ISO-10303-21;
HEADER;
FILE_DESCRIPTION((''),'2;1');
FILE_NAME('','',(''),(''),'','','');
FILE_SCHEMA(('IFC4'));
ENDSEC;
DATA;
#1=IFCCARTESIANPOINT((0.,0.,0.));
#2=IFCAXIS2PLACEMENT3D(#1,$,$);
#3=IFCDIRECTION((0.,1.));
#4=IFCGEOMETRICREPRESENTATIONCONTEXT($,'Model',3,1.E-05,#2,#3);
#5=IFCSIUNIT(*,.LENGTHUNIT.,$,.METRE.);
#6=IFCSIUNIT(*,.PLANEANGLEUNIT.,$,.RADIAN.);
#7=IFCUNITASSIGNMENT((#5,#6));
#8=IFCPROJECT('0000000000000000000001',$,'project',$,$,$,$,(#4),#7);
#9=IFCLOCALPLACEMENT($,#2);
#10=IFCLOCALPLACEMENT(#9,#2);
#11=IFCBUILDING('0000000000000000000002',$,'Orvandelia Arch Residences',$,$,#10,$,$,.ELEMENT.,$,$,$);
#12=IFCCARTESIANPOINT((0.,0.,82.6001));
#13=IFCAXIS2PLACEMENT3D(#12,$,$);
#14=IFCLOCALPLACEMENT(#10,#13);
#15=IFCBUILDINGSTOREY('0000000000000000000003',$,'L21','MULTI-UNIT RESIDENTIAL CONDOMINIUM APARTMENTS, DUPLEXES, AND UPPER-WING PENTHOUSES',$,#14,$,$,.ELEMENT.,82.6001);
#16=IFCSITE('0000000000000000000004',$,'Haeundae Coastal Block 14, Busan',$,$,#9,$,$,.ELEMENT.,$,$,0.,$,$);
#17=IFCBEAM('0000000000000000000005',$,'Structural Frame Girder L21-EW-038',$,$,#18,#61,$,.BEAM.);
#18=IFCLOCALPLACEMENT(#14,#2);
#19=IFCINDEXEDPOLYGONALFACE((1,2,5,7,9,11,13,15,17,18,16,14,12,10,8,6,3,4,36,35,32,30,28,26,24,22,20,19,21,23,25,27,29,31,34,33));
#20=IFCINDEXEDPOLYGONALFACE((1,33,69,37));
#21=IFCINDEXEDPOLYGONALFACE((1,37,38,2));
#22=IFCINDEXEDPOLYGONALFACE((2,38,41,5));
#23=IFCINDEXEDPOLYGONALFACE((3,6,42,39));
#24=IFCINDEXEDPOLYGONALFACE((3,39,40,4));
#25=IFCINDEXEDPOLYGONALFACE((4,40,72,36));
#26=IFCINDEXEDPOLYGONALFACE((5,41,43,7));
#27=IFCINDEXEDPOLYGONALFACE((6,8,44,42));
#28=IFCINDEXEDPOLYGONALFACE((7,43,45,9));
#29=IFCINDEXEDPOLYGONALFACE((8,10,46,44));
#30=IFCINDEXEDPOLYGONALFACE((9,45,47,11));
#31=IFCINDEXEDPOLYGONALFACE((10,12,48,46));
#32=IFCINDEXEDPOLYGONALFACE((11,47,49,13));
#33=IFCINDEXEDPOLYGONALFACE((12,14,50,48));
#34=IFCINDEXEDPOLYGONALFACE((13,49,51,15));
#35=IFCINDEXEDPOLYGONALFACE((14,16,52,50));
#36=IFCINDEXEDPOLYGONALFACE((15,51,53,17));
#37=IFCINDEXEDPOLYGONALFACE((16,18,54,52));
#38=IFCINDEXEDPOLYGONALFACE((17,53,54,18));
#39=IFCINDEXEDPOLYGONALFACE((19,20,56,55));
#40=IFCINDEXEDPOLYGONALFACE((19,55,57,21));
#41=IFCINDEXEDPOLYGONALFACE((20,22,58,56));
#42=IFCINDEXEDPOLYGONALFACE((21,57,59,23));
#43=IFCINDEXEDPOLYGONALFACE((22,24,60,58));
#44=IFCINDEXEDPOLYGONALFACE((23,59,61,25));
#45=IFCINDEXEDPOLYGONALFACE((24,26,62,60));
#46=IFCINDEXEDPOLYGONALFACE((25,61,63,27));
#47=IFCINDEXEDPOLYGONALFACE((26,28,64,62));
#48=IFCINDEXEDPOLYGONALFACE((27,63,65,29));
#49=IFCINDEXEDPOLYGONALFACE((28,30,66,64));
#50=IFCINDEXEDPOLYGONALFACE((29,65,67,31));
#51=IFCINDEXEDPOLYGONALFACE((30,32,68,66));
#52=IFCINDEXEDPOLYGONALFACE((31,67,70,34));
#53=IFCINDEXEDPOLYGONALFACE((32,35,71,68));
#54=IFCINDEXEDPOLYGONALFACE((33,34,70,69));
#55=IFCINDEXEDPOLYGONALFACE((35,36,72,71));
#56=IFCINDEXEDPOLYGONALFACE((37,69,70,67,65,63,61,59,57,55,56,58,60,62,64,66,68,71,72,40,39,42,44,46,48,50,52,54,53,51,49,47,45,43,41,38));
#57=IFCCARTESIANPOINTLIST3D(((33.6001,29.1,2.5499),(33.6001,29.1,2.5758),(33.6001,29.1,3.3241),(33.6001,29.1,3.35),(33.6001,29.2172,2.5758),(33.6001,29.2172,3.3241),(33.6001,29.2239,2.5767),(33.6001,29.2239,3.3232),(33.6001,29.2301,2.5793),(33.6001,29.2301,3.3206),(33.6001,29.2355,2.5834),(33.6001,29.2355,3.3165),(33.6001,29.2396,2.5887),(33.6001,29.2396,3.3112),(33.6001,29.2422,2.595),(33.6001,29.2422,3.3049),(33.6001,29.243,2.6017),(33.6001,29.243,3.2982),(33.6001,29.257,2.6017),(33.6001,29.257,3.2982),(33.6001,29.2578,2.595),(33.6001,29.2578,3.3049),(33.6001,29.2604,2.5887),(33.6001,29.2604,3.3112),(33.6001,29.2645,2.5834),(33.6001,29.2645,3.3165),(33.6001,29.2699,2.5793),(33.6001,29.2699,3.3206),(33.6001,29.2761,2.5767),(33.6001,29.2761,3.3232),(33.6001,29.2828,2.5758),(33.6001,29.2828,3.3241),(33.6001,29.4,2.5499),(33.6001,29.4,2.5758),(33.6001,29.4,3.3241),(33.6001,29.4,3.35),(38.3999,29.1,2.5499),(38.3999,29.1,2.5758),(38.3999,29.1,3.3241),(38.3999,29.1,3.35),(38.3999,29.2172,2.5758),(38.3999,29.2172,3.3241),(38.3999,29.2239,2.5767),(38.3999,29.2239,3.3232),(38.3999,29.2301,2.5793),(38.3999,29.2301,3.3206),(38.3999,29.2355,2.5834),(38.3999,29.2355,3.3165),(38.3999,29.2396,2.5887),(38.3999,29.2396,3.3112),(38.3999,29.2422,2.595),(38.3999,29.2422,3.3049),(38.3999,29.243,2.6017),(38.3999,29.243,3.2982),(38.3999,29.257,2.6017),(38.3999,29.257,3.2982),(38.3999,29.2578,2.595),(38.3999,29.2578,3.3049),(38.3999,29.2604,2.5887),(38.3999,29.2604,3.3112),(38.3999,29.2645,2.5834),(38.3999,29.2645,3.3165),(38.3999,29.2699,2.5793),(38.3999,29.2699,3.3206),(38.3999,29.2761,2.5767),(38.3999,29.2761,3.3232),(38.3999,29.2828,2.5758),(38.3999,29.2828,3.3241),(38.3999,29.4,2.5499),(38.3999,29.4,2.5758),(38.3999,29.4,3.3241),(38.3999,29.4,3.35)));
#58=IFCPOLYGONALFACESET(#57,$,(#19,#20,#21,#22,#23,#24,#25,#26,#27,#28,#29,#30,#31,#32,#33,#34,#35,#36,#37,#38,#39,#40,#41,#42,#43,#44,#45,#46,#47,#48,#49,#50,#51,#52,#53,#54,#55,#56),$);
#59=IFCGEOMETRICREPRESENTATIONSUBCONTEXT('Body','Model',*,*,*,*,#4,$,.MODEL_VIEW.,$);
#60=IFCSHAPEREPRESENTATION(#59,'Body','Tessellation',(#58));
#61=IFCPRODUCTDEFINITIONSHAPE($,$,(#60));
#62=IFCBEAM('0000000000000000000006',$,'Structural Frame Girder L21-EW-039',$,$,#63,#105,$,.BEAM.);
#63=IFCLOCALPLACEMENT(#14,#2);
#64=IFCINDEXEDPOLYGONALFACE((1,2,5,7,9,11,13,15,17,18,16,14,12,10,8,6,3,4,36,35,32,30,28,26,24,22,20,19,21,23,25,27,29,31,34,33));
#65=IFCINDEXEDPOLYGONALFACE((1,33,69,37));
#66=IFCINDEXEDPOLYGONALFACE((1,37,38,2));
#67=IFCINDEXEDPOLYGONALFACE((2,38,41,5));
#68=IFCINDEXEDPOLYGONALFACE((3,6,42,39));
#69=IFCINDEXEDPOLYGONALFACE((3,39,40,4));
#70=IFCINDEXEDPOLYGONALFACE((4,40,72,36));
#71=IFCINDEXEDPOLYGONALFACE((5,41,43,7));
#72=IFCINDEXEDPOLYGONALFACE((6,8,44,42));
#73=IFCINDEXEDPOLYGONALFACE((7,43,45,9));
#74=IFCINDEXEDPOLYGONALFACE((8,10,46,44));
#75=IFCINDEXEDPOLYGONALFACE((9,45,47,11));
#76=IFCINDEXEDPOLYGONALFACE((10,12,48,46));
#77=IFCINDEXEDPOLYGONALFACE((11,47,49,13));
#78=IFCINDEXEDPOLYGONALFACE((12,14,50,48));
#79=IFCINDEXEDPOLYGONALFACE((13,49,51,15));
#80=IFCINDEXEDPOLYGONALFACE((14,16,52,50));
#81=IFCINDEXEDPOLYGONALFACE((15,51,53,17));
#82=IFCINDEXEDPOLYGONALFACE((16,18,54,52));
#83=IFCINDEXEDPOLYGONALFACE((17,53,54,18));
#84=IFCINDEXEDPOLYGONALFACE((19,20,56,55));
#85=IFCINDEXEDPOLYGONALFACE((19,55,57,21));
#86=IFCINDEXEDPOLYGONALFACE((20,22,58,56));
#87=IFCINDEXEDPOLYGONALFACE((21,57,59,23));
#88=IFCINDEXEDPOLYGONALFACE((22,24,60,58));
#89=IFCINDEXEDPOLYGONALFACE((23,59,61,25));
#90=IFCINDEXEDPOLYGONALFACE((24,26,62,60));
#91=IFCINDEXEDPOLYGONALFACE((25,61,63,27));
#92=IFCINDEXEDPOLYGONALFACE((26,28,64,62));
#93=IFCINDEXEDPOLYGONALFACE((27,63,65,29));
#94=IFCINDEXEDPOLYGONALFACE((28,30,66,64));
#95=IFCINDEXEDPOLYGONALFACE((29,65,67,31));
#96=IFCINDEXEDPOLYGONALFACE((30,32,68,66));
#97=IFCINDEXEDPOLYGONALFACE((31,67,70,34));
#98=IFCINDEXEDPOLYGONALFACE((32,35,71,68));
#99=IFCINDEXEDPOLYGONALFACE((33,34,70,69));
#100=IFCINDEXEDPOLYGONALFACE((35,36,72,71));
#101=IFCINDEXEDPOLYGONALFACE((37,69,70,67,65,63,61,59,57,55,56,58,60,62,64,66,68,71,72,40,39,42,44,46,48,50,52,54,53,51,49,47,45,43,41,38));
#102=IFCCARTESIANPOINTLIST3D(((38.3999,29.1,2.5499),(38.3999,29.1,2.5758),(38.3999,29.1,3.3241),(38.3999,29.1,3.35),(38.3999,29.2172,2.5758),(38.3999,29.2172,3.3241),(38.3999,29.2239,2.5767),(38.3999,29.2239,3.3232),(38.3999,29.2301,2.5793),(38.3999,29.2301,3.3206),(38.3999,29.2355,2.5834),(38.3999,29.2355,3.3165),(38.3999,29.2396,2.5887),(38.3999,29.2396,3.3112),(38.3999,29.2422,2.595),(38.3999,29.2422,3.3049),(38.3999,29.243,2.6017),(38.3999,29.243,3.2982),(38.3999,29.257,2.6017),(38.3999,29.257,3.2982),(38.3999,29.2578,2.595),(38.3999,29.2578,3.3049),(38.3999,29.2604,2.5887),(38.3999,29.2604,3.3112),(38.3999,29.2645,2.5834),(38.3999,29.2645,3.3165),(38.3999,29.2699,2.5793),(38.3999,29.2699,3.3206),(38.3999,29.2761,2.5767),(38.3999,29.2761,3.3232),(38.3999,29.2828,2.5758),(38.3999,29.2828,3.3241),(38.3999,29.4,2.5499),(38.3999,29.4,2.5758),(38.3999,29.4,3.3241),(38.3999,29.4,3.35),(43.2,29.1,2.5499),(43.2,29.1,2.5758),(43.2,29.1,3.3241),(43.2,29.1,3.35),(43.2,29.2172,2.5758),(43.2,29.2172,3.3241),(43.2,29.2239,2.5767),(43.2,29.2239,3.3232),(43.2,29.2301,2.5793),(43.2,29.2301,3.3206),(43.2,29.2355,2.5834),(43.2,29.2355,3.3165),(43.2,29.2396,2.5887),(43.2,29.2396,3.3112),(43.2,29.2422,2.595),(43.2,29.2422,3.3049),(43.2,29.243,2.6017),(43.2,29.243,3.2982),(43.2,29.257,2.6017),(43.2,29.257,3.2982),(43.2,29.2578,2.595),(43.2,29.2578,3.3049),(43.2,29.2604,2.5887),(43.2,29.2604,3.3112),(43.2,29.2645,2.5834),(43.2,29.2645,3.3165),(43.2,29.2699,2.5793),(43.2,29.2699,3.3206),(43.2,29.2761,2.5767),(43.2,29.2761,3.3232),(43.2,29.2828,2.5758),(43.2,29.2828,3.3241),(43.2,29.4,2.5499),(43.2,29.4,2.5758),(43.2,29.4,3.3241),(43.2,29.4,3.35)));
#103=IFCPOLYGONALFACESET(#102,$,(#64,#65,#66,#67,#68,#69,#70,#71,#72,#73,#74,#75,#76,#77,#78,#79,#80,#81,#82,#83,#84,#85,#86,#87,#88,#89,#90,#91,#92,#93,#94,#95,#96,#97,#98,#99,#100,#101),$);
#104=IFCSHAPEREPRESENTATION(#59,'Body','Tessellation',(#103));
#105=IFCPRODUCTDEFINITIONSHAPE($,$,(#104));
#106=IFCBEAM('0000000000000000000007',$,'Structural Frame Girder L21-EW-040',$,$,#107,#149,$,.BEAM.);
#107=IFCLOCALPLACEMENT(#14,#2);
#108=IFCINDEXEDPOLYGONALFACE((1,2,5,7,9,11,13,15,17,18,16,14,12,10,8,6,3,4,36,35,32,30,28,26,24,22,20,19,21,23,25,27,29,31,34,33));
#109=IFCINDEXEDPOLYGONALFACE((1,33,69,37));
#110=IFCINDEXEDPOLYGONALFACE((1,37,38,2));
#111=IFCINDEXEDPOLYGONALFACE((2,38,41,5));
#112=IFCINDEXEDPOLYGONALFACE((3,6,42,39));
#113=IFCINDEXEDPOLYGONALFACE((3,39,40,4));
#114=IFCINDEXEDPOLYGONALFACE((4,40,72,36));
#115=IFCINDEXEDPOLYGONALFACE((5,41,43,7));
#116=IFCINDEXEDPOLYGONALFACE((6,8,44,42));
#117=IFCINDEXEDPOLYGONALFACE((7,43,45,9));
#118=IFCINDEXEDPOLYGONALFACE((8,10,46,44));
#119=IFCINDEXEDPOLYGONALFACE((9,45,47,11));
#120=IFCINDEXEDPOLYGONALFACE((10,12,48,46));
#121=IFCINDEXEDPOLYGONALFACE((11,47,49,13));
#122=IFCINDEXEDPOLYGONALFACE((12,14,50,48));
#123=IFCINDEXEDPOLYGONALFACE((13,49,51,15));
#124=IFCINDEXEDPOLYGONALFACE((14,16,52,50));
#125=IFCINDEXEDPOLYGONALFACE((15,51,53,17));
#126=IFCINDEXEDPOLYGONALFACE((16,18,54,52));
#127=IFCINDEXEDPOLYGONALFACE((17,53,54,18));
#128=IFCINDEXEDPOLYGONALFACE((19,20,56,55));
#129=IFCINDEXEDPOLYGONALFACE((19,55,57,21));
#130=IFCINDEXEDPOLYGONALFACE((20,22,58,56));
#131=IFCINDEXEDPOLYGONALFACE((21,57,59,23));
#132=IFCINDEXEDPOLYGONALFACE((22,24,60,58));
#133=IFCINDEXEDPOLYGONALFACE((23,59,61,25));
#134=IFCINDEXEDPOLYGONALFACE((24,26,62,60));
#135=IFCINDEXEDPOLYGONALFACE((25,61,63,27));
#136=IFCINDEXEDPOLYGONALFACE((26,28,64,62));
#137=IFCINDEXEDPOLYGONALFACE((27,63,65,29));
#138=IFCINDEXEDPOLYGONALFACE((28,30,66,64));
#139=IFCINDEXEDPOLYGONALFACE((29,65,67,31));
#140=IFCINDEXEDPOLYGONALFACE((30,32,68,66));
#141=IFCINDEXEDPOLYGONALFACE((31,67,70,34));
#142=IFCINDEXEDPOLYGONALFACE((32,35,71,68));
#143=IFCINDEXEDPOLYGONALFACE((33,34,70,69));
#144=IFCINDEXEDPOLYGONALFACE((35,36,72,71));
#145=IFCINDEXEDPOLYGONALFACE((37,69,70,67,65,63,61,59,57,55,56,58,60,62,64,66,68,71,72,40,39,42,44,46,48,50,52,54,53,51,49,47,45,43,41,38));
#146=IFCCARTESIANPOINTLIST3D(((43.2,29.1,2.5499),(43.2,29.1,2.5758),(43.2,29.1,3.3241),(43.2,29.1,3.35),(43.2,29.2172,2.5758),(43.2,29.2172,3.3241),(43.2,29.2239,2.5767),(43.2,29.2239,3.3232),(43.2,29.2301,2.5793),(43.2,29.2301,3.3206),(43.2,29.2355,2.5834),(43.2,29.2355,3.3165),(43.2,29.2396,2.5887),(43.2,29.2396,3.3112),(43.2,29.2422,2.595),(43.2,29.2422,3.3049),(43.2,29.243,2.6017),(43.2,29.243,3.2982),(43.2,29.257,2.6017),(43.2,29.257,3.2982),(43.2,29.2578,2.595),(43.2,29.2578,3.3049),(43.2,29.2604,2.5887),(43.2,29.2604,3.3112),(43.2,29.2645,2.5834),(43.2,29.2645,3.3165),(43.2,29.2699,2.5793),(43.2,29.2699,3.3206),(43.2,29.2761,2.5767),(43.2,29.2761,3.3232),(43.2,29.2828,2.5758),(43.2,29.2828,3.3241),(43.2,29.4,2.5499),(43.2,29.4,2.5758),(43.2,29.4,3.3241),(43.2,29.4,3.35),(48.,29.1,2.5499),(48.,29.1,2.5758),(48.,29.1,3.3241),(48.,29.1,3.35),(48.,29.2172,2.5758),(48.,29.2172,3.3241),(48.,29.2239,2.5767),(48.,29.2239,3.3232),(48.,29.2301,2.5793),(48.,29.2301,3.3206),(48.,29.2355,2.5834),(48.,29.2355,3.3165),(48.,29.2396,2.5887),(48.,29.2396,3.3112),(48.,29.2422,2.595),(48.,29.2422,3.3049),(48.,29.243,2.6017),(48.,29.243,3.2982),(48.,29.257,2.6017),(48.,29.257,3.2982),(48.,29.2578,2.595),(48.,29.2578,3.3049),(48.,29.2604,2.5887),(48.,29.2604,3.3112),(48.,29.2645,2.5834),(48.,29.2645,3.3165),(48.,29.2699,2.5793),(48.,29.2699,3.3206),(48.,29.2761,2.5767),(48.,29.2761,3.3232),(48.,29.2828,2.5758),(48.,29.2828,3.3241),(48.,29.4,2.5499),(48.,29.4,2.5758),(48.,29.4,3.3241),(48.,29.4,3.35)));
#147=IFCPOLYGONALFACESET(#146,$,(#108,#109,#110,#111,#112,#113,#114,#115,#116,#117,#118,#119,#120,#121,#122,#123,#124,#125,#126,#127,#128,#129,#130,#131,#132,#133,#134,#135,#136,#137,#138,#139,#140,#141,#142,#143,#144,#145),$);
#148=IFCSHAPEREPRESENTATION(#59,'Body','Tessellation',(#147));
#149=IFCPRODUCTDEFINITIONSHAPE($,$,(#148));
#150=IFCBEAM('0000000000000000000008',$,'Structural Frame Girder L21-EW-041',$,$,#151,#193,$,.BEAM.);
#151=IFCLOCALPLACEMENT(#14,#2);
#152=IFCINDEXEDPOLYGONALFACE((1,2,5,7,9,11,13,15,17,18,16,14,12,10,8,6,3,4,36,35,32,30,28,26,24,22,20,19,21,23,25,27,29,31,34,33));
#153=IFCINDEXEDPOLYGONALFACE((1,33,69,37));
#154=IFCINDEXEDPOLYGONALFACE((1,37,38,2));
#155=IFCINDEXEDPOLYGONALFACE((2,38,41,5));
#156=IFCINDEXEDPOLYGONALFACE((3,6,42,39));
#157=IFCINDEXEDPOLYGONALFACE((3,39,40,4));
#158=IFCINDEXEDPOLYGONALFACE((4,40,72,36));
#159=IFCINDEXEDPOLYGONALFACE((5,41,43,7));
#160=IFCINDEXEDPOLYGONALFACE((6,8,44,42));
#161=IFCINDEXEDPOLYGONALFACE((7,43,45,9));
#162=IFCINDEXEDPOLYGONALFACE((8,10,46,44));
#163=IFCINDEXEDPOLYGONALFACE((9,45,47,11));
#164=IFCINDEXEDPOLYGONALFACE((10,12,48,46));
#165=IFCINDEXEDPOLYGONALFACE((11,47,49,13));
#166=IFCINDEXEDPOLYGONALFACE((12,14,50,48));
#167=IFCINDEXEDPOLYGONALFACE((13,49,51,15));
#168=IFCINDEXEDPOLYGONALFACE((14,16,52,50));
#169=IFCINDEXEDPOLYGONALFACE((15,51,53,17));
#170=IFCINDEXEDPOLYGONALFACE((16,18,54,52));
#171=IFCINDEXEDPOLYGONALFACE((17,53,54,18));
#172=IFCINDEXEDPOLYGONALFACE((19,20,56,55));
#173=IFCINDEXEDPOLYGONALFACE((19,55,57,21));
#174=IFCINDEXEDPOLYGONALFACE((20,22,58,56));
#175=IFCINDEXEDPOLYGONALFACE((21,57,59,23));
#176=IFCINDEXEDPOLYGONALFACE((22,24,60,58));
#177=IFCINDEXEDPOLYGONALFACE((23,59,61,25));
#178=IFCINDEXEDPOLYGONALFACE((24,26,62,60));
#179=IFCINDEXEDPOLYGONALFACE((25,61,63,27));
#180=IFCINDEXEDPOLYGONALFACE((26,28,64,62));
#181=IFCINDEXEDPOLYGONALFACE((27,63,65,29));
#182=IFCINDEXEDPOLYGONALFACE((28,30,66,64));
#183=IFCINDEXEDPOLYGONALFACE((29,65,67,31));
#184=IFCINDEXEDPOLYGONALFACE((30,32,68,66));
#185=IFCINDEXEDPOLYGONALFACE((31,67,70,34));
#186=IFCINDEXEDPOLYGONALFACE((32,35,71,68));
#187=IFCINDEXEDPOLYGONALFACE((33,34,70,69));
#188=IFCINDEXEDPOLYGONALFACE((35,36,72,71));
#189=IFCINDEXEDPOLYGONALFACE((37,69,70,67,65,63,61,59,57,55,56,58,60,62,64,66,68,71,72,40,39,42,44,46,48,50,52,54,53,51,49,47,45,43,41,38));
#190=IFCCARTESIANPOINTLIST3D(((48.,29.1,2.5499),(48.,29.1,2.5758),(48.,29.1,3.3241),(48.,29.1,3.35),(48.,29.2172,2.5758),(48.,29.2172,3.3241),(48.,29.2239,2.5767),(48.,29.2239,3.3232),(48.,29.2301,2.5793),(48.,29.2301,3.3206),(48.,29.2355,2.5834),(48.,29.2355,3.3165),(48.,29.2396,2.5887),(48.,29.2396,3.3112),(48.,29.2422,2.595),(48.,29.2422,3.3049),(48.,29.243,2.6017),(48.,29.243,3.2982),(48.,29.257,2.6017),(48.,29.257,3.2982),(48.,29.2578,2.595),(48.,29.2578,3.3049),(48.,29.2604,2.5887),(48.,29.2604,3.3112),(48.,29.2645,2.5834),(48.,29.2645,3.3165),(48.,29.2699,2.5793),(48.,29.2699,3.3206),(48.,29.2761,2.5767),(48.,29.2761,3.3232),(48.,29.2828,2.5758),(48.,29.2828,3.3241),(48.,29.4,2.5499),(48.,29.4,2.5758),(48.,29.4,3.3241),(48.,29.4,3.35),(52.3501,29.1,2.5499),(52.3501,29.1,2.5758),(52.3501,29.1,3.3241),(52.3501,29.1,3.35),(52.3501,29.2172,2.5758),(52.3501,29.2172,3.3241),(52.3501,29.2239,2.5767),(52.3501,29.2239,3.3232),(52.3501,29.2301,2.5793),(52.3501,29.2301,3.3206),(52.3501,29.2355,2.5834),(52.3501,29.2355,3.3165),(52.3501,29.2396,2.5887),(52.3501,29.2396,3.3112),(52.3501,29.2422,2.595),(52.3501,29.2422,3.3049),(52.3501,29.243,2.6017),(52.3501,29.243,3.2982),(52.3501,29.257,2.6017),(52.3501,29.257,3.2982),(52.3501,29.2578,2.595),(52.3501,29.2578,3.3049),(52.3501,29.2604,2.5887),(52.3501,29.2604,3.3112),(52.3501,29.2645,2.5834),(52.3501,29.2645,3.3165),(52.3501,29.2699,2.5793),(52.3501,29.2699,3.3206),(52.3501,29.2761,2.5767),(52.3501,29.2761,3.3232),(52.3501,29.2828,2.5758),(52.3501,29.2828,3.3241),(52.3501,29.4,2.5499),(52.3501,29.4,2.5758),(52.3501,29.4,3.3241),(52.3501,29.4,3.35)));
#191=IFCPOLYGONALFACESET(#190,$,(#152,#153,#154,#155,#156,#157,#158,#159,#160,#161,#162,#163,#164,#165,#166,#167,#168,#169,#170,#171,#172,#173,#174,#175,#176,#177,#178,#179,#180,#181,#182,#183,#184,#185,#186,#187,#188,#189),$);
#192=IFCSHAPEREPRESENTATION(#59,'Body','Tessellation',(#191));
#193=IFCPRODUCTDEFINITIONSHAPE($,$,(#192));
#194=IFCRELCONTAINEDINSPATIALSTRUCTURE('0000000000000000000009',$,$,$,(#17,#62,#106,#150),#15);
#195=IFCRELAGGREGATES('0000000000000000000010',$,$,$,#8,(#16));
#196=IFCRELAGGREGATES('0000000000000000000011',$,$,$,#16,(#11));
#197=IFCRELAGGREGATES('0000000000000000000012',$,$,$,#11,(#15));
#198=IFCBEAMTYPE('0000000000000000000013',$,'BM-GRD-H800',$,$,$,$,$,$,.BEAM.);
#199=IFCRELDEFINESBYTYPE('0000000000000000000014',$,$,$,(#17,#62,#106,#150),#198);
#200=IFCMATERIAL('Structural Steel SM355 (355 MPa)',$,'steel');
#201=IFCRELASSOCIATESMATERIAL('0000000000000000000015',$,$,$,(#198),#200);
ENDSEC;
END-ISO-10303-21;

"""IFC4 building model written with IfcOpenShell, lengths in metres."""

from ifc_helpers import new_model, si_unit, direction, frame, origin, origin_2d, place, context, subcontext, project, spatial, i_section, extrude, material, material_profile, profile_set, type_object, element, save


model = new_model("IFC4")

# Units and contexts
model_context = context("Model", 3, precision=1e-05, world=origin(), true_north=direction((0.0, 1.0)))
body_context = subcontext(model_context, "Body", "Model", "MODEL_VIEW")
ifc_project = project(units=[si_unit("LENGTHUNIT", "METRE"), si_unit("PLANEANGLEUNIT", "RADIAN")], contexts=[model_context])

# Site, building, storey
site_placement = place(None, origin())
site = spatial("IfcSite", under=ifc_project, at=site_placement, Name="Haeundae Coastal Block 14, Busan", CompositionType="ELEMENT", RefElevation=0.0)
building_placement = place(site_placement, origin())
building = spatial("IfcBuilding", under=site, at=building_placement, Name="Orvandelia Arch Residences", CompositionType="ELEMENT")
storey_placement = place(building_placement, frame((0.0, 0.0, 82.6001)))
storey = spatial("IfcBuildingStorey", under=building, at=storey_placement, Name="L21", Description="MULTI-UNIT RESIDENTIAL CONDOMINIUM APARTMENTS, DUPLEXES, AND UPPER-WING PENTHOUSES", CompositionType="ELEMENT", Elevation=82.6001)

# Beams
ifc_material_1 = material(Name="Structural Steel SM355 (355 MPa)", Category="steel")
ifc_material_profile_1 = material_profile(ifc_material_1, i_section(OverallWidth=0.3, OverallDepth=0.8, WebThickness=0.0139, FlangeThickness=0.0259, FilletRadius=0.0259, at=origin_2d()), Name="Structural Steel SM355 (355 MPa)", Category="steel")
ifc_profile_set_1 = profile_set([ifc_material_profile_1], Name="Structural Steel SM355 (355 MPa)")
beam_type = type_object("IfcBeamType", Name="BM-GRD-H800", PredefinedType="BEAM", material=ifc_profile_set_1)
beam_1_placement = place(storey_placement, frame((33.6001, 29.25, 2.95), z_axis=(1.0, 0.0, 0.0), x_axis=(0.0, 1.0, 0.0)))
element("IfcBeam", 1, at=beam_1_placement, inside=storey, type_object=beam_type, Name="Structural Frame Girder L21-EW-038", PredefinedType="BEAM", context=body_context, shape_type="SweptSolid", body=[
    extrude(i_section(OverallWidth=0.3, OverallDepth=0.8, WebThickness=0.0139, FlangeThickness=0.0259, FilletRadius=0.0259, at=origin_2d()), origin(), (0.0, 0.0, 1.0), 4.7998),
])
for number, where, z_axis, x_axis, name in (
    (2, (38.3999, 29.25, 2.95), (1.0, 0.0, 0.0), (0.0, 1.0, 0.0), "Structural Frame Girder L21-EW-039"),
    (3, (43.2, 29.25, 2.95), (1.0, 0.0, 0.0), (0.0, 1.0, 0.0), "Structural Frame Girder L21-EW-040"),
):
    element("IfcBeam", number, at=place(storey_placement, frame(where, z_axis=z_axis, x_axis=x_axis)), inside=storey, type_object=beam_type, Name=name, PredefinedType="BEAM", context=body_context, shape_type="SweptSolid", body=[
        extrude(i_section(OverallWidth=0.3, OverallDepth=0.8, WebThickness=0.0139, FlangeThickness=0.0259, FilletRadius=0.0259, at=origin_2d()), origin(), (0.0, 0.0, 1.0), 4.8),
    ])
beam_2_placement = place(storey_placement, frame((48.0, 29.25, 2.95), z_axis=(1.0, 0.0, 0.0), x_axis=(0.0, 1.0, 0.0)))
element("IfcBeam", 4, at=beam_2_placement, inside=storey, type_object=beam_type, Name="Structural Frame Girder L21-EW-041", PredefinedType="BEAM", context=body_context, shape_type="SweptSolid", body=[
    extrude(i_section(OverallWidth=0.3, OverallDepth=0.8, WebThickness=0.0139, FlangeThickness=0.0259, FilletRadius=0.0259, at=origin_2d()), origin(), (0.0, 0.0, 1.0), 4.3501),
])

save(model, "model.ifc")
